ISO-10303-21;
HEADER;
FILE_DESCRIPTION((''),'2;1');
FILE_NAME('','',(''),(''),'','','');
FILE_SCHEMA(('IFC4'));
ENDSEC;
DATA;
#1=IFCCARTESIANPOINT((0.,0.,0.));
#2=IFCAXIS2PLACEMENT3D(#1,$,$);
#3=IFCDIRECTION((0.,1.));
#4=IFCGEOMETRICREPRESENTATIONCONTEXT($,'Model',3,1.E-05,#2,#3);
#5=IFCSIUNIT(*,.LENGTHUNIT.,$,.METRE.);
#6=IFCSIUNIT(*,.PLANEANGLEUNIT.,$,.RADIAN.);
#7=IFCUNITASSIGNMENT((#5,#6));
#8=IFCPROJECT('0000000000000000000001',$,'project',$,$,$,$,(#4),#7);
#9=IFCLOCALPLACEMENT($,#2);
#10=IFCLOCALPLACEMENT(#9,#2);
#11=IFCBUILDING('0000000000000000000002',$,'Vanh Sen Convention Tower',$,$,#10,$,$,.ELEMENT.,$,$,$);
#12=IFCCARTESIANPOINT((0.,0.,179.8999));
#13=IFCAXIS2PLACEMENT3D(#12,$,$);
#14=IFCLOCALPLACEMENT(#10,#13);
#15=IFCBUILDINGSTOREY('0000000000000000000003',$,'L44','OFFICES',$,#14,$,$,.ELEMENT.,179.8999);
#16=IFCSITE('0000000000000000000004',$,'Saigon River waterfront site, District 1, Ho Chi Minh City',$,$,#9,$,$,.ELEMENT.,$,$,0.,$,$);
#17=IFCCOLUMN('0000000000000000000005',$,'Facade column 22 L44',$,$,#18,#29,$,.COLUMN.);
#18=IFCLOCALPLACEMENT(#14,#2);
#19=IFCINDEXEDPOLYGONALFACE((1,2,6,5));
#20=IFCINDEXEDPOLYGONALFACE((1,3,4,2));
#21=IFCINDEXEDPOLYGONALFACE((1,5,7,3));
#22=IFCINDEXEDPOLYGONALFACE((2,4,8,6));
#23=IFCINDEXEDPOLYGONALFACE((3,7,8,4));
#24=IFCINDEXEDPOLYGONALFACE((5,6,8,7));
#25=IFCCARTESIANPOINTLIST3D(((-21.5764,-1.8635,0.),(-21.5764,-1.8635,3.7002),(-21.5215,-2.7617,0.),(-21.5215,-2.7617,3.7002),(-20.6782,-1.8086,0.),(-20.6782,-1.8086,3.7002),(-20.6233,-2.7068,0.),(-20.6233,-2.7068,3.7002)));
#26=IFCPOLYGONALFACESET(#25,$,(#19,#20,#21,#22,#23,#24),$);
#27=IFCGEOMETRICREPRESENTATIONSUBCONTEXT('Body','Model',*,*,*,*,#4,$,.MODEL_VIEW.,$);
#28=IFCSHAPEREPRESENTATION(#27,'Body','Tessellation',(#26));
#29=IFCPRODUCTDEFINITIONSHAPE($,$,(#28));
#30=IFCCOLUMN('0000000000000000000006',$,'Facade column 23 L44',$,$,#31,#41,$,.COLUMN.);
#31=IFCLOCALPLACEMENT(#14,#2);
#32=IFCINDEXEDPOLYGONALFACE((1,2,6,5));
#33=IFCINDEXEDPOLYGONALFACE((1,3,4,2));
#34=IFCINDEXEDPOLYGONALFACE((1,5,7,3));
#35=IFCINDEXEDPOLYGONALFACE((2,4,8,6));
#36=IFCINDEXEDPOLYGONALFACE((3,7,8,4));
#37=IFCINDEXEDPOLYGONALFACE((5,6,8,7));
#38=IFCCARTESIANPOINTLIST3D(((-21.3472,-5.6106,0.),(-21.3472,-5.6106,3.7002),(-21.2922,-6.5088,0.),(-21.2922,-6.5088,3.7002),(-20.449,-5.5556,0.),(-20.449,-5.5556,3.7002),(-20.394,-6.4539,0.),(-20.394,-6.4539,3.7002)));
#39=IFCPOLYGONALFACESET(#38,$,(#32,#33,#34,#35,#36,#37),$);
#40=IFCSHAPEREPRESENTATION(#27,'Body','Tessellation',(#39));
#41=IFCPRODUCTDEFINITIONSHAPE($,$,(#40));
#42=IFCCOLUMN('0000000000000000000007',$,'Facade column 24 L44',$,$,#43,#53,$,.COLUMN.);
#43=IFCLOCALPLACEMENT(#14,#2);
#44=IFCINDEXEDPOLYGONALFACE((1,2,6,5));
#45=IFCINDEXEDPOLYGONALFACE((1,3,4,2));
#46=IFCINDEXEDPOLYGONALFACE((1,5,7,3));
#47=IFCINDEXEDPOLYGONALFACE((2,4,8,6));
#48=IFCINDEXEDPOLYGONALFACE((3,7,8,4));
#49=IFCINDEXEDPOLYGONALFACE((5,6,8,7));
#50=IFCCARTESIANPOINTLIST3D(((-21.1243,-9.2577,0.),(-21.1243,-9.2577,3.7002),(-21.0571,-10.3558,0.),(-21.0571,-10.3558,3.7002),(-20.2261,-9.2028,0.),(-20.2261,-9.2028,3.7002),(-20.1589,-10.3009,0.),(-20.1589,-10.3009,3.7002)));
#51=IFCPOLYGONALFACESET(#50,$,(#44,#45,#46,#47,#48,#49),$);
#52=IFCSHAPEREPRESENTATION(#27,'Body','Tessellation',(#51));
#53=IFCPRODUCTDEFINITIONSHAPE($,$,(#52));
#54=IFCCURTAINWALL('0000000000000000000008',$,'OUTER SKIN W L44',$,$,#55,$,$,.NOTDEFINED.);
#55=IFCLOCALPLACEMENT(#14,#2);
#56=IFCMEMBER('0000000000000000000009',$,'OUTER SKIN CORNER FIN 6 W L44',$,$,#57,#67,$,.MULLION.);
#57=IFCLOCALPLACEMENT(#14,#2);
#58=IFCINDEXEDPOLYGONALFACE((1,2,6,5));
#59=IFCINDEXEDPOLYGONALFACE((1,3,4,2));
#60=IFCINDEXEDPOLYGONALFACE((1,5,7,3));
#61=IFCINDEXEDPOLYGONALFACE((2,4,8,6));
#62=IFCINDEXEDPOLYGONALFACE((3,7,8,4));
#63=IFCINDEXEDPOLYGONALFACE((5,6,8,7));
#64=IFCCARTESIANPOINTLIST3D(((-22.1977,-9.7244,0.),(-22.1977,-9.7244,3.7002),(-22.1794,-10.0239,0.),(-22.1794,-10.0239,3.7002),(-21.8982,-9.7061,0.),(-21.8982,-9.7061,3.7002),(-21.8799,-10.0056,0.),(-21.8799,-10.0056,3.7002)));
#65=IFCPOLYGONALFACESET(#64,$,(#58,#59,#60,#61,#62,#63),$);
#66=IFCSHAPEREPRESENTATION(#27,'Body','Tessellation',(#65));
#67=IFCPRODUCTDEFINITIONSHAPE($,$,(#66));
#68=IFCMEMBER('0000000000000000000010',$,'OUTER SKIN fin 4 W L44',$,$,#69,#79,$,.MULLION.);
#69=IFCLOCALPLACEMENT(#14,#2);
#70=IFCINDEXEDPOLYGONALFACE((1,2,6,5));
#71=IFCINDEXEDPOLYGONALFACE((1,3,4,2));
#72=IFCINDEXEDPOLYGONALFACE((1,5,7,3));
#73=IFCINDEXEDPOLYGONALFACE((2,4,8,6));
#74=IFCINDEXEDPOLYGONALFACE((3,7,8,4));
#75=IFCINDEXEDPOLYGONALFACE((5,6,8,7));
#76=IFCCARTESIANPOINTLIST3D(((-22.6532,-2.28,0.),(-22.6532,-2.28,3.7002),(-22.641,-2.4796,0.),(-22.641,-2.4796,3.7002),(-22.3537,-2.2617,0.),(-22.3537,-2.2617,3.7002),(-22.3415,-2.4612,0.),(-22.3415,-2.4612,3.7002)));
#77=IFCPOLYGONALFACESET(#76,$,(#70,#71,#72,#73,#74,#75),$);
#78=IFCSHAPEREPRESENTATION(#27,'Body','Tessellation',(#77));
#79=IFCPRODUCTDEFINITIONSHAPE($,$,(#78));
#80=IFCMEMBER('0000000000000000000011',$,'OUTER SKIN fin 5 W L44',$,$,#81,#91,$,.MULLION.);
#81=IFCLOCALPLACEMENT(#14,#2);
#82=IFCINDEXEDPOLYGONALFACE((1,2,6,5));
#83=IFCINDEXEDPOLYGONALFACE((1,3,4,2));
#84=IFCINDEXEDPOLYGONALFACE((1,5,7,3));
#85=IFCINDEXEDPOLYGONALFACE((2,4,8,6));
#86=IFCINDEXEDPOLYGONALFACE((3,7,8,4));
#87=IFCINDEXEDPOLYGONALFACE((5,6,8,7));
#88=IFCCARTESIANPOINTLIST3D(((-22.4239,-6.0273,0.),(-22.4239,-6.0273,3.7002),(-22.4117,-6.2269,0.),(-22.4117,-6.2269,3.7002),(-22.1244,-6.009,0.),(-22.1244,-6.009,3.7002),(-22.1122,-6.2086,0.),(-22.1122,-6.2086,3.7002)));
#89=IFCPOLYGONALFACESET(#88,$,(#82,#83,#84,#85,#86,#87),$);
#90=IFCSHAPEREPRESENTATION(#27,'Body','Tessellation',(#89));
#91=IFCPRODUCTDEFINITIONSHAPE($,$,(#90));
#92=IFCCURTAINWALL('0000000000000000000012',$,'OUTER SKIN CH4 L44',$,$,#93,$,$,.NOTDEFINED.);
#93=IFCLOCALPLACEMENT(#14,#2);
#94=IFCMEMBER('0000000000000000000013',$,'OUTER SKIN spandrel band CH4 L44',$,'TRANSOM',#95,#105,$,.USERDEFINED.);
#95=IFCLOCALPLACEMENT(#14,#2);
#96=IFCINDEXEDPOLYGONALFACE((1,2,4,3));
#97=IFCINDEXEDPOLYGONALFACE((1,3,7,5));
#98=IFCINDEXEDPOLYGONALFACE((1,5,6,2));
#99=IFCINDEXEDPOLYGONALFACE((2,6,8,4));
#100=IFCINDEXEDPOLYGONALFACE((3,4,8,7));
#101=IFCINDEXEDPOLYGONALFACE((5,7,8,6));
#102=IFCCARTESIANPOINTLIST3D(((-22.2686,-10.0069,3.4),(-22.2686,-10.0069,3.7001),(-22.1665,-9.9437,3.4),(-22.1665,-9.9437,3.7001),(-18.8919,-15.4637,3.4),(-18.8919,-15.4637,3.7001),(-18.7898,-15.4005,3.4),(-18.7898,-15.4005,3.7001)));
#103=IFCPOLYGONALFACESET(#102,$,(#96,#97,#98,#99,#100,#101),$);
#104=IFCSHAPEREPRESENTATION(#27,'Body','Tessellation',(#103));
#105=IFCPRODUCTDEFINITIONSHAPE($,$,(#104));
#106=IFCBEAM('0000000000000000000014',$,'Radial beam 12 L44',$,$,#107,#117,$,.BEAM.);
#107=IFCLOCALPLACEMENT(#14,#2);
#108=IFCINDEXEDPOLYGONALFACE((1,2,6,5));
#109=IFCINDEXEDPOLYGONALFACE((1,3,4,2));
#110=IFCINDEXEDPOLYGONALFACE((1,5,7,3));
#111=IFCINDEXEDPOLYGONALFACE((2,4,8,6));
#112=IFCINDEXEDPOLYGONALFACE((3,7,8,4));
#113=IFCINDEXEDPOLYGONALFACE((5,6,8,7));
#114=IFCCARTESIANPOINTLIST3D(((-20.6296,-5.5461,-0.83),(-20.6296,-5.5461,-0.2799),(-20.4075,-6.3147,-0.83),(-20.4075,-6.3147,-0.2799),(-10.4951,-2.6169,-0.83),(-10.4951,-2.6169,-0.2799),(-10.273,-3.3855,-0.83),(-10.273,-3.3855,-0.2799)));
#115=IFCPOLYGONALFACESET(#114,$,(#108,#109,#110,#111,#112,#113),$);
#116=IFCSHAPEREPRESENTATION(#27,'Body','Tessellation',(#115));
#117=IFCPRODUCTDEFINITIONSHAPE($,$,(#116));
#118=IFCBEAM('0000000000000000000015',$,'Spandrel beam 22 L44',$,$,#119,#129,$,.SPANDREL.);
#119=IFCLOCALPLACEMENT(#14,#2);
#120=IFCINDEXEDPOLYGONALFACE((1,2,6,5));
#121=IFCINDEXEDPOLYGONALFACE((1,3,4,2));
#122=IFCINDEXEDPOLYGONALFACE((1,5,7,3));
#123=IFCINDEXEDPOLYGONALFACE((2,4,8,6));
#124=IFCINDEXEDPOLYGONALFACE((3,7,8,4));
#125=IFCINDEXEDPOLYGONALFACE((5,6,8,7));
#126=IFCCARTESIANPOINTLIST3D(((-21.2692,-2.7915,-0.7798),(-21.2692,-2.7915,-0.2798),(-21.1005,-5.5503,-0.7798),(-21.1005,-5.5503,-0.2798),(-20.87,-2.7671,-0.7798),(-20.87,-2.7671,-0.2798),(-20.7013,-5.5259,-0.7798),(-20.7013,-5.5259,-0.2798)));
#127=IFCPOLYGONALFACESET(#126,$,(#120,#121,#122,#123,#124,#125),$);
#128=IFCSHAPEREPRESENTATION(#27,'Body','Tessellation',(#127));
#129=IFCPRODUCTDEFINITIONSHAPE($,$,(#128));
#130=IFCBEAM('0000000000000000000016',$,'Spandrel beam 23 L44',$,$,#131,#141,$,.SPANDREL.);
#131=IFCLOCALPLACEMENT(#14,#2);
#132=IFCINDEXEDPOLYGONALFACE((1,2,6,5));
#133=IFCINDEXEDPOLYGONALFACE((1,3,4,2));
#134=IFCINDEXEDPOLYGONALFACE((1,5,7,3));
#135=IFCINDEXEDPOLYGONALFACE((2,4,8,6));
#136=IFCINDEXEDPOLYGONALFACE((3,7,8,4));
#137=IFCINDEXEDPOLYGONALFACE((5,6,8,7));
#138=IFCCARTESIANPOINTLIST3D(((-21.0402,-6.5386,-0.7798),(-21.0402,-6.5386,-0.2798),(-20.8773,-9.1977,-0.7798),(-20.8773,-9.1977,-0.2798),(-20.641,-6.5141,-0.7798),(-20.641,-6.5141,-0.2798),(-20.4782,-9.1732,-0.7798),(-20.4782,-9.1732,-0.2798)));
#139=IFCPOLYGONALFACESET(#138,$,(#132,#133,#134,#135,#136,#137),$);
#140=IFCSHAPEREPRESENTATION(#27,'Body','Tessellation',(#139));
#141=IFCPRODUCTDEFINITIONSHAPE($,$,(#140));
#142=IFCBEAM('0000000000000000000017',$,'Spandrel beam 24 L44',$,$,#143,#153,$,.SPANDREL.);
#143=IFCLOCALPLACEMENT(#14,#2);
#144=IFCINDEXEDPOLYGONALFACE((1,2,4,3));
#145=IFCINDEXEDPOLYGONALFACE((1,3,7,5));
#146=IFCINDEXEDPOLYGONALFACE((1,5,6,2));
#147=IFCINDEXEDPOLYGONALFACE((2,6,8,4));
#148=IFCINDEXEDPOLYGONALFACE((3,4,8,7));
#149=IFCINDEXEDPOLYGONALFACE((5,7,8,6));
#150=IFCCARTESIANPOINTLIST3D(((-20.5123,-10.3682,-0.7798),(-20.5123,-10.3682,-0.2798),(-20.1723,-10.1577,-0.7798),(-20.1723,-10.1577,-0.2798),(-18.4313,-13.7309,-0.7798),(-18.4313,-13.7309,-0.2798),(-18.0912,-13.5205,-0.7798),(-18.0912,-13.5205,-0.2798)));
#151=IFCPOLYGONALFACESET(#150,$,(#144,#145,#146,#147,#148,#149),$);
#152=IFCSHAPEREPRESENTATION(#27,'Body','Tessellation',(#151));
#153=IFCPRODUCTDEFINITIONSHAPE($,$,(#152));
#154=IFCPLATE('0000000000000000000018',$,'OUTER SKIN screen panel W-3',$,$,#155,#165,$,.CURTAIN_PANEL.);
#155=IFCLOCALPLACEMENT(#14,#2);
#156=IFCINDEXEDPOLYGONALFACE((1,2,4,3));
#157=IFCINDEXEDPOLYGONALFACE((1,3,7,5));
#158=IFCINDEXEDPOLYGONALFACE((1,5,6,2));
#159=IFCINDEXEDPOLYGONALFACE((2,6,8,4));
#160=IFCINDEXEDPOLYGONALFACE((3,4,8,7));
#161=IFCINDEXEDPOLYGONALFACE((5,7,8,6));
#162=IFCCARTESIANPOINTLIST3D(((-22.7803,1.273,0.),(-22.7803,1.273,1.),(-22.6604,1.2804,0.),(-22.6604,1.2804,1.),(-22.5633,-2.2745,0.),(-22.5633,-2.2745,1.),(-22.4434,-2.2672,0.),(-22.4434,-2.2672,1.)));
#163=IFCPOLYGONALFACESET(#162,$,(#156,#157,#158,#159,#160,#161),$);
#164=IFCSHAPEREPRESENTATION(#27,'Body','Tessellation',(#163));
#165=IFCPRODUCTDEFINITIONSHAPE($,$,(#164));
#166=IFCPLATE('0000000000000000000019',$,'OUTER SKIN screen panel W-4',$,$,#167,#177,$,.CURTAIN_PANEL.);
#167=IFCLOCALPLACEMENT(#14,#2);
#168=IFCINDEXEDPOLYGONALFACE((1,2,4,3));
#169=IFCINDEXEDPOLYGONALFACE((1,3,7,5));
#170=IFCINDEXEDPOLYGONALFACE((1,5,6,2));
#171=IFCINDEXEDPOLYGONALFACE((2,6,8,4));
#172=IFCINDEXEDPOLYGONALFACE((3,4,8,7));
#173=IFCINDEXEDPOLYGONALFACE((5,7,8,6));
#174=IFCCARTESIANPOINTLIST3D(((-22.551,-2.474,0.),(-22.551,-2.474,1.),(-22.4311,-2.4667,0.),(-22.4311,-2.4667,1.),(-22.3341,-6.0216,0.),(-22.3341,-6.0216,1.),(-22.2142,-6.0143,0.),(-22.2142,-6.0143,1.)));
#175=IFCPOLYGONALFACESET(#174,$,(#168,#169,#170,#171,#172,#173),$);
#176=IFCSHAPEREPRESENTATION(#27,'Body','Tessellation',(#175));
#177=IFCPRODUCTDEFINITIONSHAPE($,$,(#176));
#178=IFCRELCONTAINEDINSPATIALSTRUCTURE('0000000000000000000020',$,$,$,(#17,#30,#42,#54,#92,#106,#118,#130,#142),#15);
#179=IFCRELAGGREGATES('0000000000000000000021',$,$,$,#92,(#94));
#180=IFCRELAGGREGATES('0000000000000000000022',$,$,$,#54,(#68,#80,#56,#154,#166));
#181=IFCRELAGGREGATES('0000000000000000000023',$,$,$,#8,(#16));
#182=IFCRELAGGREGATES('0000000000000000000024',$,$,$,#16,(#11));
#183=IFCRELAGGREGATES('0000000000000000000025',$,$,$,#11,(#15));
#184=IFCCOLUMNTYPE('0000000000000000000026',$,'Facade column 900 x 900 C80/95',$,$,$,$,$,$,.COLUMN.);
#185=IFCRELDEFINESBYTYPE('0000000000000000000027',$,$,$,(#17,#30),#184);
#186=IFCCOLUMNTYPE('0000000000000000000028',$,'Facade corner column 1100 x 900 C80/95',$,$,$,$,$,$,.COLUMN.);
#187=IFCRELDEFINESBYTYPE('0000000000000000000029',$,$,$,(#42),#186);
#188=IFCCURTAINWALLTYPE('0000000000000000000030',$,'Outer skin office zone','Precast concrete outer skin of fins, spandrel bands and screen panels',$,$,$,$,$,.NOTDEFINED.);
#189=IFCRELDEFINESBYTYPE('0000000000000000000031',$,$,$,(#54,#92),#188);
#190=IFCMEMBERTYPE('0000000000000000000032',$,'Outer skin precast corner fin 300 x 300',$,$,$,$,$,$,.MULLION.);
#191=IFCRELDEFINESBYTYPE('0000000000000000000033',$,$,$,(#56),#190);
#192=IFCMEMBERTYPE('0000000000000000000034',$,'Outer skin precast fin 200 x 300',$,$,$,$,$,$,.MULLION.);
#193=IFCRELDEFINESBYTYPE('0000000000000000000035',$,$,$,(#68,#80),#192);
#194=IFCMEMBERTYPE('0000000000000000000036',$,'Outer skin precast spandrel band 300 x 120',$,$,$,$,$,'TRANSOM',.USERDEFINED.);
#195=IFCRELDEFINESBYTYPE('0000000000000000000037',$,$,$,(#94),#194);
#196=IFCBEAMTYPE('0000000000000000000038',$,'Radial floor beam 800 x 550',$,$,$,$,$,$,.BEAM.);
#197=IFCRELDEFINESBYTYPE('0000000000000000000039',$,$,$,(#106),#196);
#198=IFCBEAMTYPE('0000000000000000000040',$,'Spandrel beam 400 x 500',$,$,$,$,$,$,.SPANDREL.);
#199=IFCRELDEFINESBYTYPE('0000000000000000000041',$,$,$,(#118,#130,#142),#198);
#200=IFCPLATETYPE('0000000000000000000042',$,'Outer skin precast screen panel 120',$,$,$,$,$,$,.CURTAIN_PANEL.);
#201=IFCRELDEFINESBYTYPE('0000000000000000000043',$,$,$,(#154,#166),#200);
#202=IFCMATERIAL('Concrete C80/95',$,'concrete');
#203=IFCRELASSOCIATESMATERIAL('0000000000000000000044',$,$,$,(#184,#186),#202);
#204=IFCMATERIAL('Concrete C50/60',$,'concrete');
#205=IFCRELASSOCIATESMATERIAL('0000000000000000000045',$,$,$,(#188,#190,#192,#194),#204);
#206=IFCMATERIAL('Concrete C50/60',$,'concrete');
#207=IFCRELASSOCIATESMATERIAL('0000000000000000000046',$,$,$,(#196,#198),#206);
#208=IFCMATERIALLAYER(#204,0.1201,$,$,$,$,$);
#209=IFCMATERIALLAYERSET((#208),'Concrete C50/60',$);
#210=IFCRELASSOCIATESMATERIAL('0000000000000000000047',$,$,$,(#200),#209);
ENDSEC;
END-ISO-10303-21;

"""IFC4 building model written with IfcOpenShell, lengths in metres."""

from ifc_helpers import new_model, si_unit, direction, frame, origin, origin_2d, place, context, subcontext, project, spatial, rectangle, extrude, material, layer, layer_set, material_profile, profile_set, type_object, element, aggregate, save


model = new_model("IFC4")

# Units and contexts
model_context = context("Model", 3, precision=1e-05, world=origin(), true_north=direction((0.0, 1.0)))
body_context = subcontext(model_context, "Body", "Model", "MODEL_VIEW")
ifc_project = project(units=[si_unit("LENGTHUNIT", "METRE"), si_unit("PLANEANGLEUNIT", "RADIAN")], contexts=[model_context])

# Site, building, storey
site_placement = place(None, origin())
site = spatial("IfcSite", under=ifc_project, at=site_placement, Name="Saigon River waterfront site, District 1, Ho Chi Minh City", CompositionType="ELEMENT", RefElevation=0.0)
building_placement = place(site_placement, origin())
building = spatial("IfcBuilding", under=site, at=building_placement, Name="Vanh Sen Convention Tower", CompositionType="ELEMENT")
storey_placement = place(building_placement, frame((0.0, 0.0, 179.8999)))
storey = spatial("IfcBuildingStorey", under=building, at=storey_placement, Name="L44", Description="OFFICES", CompositionType="ELEMENT", Elevation=179.8999)

# Columns
ifc_material_1 = material(Name="Concrete C80/95", Category="concrete")
ifc_material_profile_1 = material_profile(ifc_material_1, rectangle(XDim=0.8999, YDim=0.8999, at=origin_2d()), Name="RC 900X900")
ifc_profile_set_1 = profile_set([ifc_material_profile_1], Name="Concrete C80/95")
column_type_1 = type_object("IfcColumnType", Name="Facade column 900 x 900 C80/95", PredefinedType="COLUMN", material=ifc_profile_set_1)
for number, where, z_axis, x_axis, name in (
    (1, (-21.0999, -2.2852, 0.0), (0.0, 0.0, 1.0), (0.061049, -0.998135, 0.0), "Facade column 22 L44"),
    (2, (-20.8706, -6.0322, 0.0), (0.0, 0.0, 1.0), (0.061049, -0.998135, 0.0), "Facade column 23 L44"),
):
    element("IfcColumn", number, at=place(storey_placement, frame(where, z_axis=z_axis, x_axis=x_axis)), inside=storey, type_object=column_type_1, Name=name, PredefinedType="COLUMN", context=body_context, shape_type="SweptSolid", body=[
        extrude(rectangle(XDim=0.8999, YDim=0.8999, at=origin_2d()), origin(), (0.0, 0.0, 1.0), 3.7002),
    ])
ifc_material_profile_2 = material_profile(ifc_material_1, rectangle(XDim=1.1001, YDim=0.8999, at=origin_2d()), Name="RC 1100X900")
ifc_profile_set_2 = profile_set([ifc_material_profile_2], Name="Concrete C80/95")
column_type_2 = type_object("IfcColumnType", Name="Facade corner column 1100 x 900 C80/95", PredefinedType="COLUMN", material=ifc_profile_set_2)
column_placement = place(storey_placement, frame((-20.6416, -9.7793, 0.0), z_axis=(0.0, 0.0, 1.0), x_axis=(0.061049, -0.998135, 0.0)))
element("IfcColumn", 3, at=column_placement, inside=storey, type_object=column_type_2, Name="Facade column 24 L44", PredefinedType="COLUMN", context=body_context, shape_type="SweptSolid", body=[
    extrude(rectangle(XDim=1.1001, YDim=0.8999, at=origin_2d()), origin(), (0.0, 0.0, 1.0), 3.7002),
])

# Curtain wall, members
ifc_material_2 = material(Name="Concrete C50/60", Category="concrete")
curtain_wall_type = type_object("IfcCurtainWallType", Name="Outer skin office zone", Description="Precast concrete outer skin of fins, spandrel bands and screen panels", PredefinedType="NOTDEFINED", material=ifc_material_2)
curtain_wall_1_placement = place(storey_placement, origin())
curtain_wall_1 = element("IfcCurtainWall", 4, at=curtain_wall_1_placement, inside=storey, type_object=curtain_wall_type, Name="OUTER SKIN W L44", PredefinedType="NOTDEFINED")
ifc_material_profile_3 = material_profile(ifc_material_2, rectangle(XDim=0.3, YDim=0.3, at=origin_2d()), Name="Outer skin precast corner fin 300 x 300")
ifc_profile_set_3 = profile_set([ifc_material_profile_3], Name="Concrete C50/60")
member_type_1 = type_object("IfcMemberType", Name="Outer skin precast corner fin 300 x 300", PredefinedType="MULLION", material=ifc_profile_set_3)
member_1_placement = place(storey_placement, frame((-22.0388, -9.865, 0.0), z_axis=(0.0, 0.0, 1.0), x_axis=(0.061049, -0.998135, 0.0)))
member_1 = element("IfcMember", 5, at=member_1_placement, type_object=member_type_1, Name="OUTER SKIN CORNER FIN 6 W L44", PredefinedType="MULLION", context=body_context, shape_type="SweptSolid", body=[
    extrude(rectangle(XDim=0.3, YDim=0.3, at=origin_2d()), origin(), (0.0, 0.0, 1.0), 3.7002),
])
ifc_material_profile_4 = material_profile(ifc_material_2, rectangle(XDim=0.2, YDim=0.3, at=origin_2d()), Name="Outer skin precast fin 200 x 300")
ifc_profile_set_4 = profile_set([ifc_material_profile_4], Name="Concrete C50/60")
member_type_2 = type_object("IfcMemberType", Name="Outer skin precast fin 200 x 300", PredefinedType="MULLION", material=ifc_profile_set_4)
member_2_placement = place(storey_placement, frame((-22.4973, -2.3706, 0.0), z_axis=(0.0, 0.0, 1.0), x_axis=(0.061049, -0.998135, 0.0)))
member_2 = element("IfcMember", 6, at=member_2_placement, type_object=member_type_2, Name="OUTER SKIN fin 4 W L44", PredefinedType="MULLION", context=body_context, shape_type="SweptSolid", body=[
    extrude(rectangle(XDim=0.2, YDim=0.3, at=origin_2d()), origin(), (0.0, 0.0, 1.0), 3.7002),
])
member_3_placement = place(storey_placement, frame((-22.2681, -6.1179, 0.0), z_axis=(0.0, 0.0, 1.0), x_axis=(0.061049, -0.998135, 0.0)))
member_3 = element("IfcMember", 7, at=member_3_placement, type_object=member_type_2, Name="OUTER SKIN fin 5 W L44", PredefinedType="MULLION", context=body_context, shape_type="SweptSolid", body=[
    extrude(rectangle(XDim=0.2, YDim=0.3, at=origin_2d()), origin(), (0.0, 0.0, 1.0), 3.7002),
])

# Curtain wall, member
curtain_wall_2_placement = place(storey_placement, origin())
curtain_wall_2 = element("IfcCurtainWall", 8, at=curtain_wall_2_placement, inside=storey, type_object=curtain_wall_type, Name="OUTER SKIN CH4 L44", PredefinedType="NOTDEFINED")
ifc_material_profile_5 = material_profile(ifc_material_2, rectangle(XDim=0.1201, YDim=0.3, at=origin_2d()), Name="Outer skin precast spandrel band 300 x 120")
ifc_profile_set_5 = profile_set([ifc_material_profile_5], Name="Concrete C50/60")
member_type_3 = type_object("IfcMemberType", Name="Outer skin precast spandrel band 300 x 120", ElementType="TRANSOM", PredefinedType="USERDEFINED", material=ifc_profile_set_5)
member_4_placement = place(storey_placement, frame((-22.2175, -9.9753, 3.55), z_axis=(0.526208, -0.850356, 0.0), x_axis=(0.850356, 0.526208, 0.0)))
member_4 = element("IfcMember", 9, at=member_4_placement, type_object=member_type_3, Name="OUTER SKIN spandrel band CH4 L44", ObjectType="TRANSOM", PredefinedType="USERDEFINED", context=body_context, shape_type="SweptSolid", body=[
    extrude(rectangle(XDim=0.1201, YDim=0.3, at=origin_2d()), origin(), (0.0, 0.0, 1.0), 6.417),
])
aggregate(curtain_wall_2, [member_4])

# Beams
ifc_material_3 = material(Name="Concrete C50/60", Category="concrete")
ifc_material_profile_6 = material_profile(ifc_material_3, rectangle(XDim=0.8, YDim=0.55, at=origin_2d()), Name="RC 800X550")
ifc_profile_set_6 = profile_set([ifc_material_profile_6], Name="Concrete C50/60")
beam_type_1 = type_object("IfcBeamType", Name="Radial floor beam 800 x 550", PredefinedType="BEAM", material=ifc_profile_set_6)
beam_1_placement = place(storey_placement, frame((-20.5186, -5.9304, -0.5549), z_axis=(0.960678, 0.277666, 0.0), x_axis=(-0.277666, 0.960678, 0.0)))
element("IfcBeam", 10, at=beam_1_placement, inside=storey, type_object=beam_type_1, Name="Radial beam 12 L44", PredefinedType="BEAM", context=body_context, shape_type="SweptSolid", body=[
    extrude(rectangle(XDim=0.8, YDim=0.55, at=origin_2d()), origin(), (0.0, 0.0, 1.0), 10.5493),
])
ifc_material_profile_7 = material_profile(ifc_material_3, rectangle(XDim=0.3999, YDim=0.5, at=origin_2d()), Name="RC 400X500")
ifc_profile_set_7 = profile_set([ifc_material_profile_7], Name="Concrete C50/60")
beam_type_2 = type_object("IfcBeamType", Name="Spandrel beam 400 x 500", PredefinedType="SPANDREL", material=ifc_profile_set_7)
beam_2_placement = place(storey_placement, frame((-21.0696, -2.7793, -0.5298), z_axis=(0.061036, -0.998136, 0.0), x_axis=(0.998136, 0.061036, 0.0)))
element("IfcBeam", 11, at=beam_2_placement, inside=storey, type_object=beam_type_2, Name="Spandrel beam 22 L44", PredefinedType="SPANDREL", context=body_context, shape_type="SweptSolid", body=[
    extrude(rectangle(XDim=0.3999, YDim=0.5, at=origin_2d()), origin(), (0.0, 0.0, 1.0), 2.7639),
])
beam_3_placement = place(storey_placement, frame((-20.8406, -6.5264, -0.5298), z_axis=(0.061123, -0.99813, 0.0), x_axis=(0.99813, 0.061123, 0.0)))
element("IfcBeam", 12, at=beam_3_placement, inside=storey, type_object=beam_type_2, Name="Spandrel beam 23 L44", PredefinedType="SPANDREL", context=body_context, shape_type="SweptSolid", body=[
    extrude(rectangle(XDim=0.3999, YDim=0.5, at=origin_2d()), origin(), (0.0, 0.0, 1.0), 2.6641),
])
beam_4_placement = place(storey_placement, frame((-20.3423, -10.2629, -0.5298), z_axis=(0.526231, -0.850341, 0.0), x_axis=(0.850341, 0.526231, 0.0)))
element("IfcBeam", 13, at=beam_4_placement, inside=storey, type_object=beam_type_2, Name="Spandrel beam 24 L44", PredefinedType="SPANDREL", context=body_context, shape_type="SweptSolid", body=[
    extrude(rectangle(XDim=0.3999, YDim=0.5, at=origin_2d()), origin(), (0.0, 0.0, 1.0), 3.9546),
])

# Plates
ifc_layer_1 = layer(ifc_material_2, 0.1201)
ifc_layer_set_1 = layer_set([ifc_layer_1], Name="Concrete C50/60")
plate_type = type_object("IfcPlateType", Name="Outer skin precast screen panel 120", PredefinedType="CURTAIN_PANEL", material=ifc_layer_set_1)
plate_1_placement = place(storey_placement, frame((-22.6118, -0.4971, 0.0), z_axis=(0.0, 0.0, 1.0), x_axis=(0.061054, -0.998134, 0.0)))
plate_1 = element("IfcPlate", 14, at=plate_1_placement, type_object=plate_type, Name="OUTER SKIN screen panel W-3", PredefinedType="CURTAIN_PANEL", context=body_context, shape_type="SweptSolid", body=[
    extrude(rectangle(XDim=3.5542, YDim=0.1201, at=origin_2d()), origin(), (0.0, 0.0, 1.0), 1.0),
])
plate_2_placement = place(storey_placement, frame((-22.3826, -4.2441, 0.0), z_axis=(0.0, 0.0, 1.0), x_axis=(0.061026, -0.998136, 0.0)))
plate_2 = element("IfcPlate", 15, at=plate_2_placement, type_object=plate_type, Name="OUTER SKIN screen panel W-4", PredefinedType="CURTAIN_PANEL", context=body_context, shape_type="SweptSolid", body=[
    extrude(rectangle(XDim=3.5542, YDim=0.1201, at=origin_2d()), origin(), (0.0, 0.0, 1.0), 1.0),
])
aggregate(curtain_wall_1, [member_2, member_3, member_1, plate_1, plate_2])

save(model, "model.ifc")
